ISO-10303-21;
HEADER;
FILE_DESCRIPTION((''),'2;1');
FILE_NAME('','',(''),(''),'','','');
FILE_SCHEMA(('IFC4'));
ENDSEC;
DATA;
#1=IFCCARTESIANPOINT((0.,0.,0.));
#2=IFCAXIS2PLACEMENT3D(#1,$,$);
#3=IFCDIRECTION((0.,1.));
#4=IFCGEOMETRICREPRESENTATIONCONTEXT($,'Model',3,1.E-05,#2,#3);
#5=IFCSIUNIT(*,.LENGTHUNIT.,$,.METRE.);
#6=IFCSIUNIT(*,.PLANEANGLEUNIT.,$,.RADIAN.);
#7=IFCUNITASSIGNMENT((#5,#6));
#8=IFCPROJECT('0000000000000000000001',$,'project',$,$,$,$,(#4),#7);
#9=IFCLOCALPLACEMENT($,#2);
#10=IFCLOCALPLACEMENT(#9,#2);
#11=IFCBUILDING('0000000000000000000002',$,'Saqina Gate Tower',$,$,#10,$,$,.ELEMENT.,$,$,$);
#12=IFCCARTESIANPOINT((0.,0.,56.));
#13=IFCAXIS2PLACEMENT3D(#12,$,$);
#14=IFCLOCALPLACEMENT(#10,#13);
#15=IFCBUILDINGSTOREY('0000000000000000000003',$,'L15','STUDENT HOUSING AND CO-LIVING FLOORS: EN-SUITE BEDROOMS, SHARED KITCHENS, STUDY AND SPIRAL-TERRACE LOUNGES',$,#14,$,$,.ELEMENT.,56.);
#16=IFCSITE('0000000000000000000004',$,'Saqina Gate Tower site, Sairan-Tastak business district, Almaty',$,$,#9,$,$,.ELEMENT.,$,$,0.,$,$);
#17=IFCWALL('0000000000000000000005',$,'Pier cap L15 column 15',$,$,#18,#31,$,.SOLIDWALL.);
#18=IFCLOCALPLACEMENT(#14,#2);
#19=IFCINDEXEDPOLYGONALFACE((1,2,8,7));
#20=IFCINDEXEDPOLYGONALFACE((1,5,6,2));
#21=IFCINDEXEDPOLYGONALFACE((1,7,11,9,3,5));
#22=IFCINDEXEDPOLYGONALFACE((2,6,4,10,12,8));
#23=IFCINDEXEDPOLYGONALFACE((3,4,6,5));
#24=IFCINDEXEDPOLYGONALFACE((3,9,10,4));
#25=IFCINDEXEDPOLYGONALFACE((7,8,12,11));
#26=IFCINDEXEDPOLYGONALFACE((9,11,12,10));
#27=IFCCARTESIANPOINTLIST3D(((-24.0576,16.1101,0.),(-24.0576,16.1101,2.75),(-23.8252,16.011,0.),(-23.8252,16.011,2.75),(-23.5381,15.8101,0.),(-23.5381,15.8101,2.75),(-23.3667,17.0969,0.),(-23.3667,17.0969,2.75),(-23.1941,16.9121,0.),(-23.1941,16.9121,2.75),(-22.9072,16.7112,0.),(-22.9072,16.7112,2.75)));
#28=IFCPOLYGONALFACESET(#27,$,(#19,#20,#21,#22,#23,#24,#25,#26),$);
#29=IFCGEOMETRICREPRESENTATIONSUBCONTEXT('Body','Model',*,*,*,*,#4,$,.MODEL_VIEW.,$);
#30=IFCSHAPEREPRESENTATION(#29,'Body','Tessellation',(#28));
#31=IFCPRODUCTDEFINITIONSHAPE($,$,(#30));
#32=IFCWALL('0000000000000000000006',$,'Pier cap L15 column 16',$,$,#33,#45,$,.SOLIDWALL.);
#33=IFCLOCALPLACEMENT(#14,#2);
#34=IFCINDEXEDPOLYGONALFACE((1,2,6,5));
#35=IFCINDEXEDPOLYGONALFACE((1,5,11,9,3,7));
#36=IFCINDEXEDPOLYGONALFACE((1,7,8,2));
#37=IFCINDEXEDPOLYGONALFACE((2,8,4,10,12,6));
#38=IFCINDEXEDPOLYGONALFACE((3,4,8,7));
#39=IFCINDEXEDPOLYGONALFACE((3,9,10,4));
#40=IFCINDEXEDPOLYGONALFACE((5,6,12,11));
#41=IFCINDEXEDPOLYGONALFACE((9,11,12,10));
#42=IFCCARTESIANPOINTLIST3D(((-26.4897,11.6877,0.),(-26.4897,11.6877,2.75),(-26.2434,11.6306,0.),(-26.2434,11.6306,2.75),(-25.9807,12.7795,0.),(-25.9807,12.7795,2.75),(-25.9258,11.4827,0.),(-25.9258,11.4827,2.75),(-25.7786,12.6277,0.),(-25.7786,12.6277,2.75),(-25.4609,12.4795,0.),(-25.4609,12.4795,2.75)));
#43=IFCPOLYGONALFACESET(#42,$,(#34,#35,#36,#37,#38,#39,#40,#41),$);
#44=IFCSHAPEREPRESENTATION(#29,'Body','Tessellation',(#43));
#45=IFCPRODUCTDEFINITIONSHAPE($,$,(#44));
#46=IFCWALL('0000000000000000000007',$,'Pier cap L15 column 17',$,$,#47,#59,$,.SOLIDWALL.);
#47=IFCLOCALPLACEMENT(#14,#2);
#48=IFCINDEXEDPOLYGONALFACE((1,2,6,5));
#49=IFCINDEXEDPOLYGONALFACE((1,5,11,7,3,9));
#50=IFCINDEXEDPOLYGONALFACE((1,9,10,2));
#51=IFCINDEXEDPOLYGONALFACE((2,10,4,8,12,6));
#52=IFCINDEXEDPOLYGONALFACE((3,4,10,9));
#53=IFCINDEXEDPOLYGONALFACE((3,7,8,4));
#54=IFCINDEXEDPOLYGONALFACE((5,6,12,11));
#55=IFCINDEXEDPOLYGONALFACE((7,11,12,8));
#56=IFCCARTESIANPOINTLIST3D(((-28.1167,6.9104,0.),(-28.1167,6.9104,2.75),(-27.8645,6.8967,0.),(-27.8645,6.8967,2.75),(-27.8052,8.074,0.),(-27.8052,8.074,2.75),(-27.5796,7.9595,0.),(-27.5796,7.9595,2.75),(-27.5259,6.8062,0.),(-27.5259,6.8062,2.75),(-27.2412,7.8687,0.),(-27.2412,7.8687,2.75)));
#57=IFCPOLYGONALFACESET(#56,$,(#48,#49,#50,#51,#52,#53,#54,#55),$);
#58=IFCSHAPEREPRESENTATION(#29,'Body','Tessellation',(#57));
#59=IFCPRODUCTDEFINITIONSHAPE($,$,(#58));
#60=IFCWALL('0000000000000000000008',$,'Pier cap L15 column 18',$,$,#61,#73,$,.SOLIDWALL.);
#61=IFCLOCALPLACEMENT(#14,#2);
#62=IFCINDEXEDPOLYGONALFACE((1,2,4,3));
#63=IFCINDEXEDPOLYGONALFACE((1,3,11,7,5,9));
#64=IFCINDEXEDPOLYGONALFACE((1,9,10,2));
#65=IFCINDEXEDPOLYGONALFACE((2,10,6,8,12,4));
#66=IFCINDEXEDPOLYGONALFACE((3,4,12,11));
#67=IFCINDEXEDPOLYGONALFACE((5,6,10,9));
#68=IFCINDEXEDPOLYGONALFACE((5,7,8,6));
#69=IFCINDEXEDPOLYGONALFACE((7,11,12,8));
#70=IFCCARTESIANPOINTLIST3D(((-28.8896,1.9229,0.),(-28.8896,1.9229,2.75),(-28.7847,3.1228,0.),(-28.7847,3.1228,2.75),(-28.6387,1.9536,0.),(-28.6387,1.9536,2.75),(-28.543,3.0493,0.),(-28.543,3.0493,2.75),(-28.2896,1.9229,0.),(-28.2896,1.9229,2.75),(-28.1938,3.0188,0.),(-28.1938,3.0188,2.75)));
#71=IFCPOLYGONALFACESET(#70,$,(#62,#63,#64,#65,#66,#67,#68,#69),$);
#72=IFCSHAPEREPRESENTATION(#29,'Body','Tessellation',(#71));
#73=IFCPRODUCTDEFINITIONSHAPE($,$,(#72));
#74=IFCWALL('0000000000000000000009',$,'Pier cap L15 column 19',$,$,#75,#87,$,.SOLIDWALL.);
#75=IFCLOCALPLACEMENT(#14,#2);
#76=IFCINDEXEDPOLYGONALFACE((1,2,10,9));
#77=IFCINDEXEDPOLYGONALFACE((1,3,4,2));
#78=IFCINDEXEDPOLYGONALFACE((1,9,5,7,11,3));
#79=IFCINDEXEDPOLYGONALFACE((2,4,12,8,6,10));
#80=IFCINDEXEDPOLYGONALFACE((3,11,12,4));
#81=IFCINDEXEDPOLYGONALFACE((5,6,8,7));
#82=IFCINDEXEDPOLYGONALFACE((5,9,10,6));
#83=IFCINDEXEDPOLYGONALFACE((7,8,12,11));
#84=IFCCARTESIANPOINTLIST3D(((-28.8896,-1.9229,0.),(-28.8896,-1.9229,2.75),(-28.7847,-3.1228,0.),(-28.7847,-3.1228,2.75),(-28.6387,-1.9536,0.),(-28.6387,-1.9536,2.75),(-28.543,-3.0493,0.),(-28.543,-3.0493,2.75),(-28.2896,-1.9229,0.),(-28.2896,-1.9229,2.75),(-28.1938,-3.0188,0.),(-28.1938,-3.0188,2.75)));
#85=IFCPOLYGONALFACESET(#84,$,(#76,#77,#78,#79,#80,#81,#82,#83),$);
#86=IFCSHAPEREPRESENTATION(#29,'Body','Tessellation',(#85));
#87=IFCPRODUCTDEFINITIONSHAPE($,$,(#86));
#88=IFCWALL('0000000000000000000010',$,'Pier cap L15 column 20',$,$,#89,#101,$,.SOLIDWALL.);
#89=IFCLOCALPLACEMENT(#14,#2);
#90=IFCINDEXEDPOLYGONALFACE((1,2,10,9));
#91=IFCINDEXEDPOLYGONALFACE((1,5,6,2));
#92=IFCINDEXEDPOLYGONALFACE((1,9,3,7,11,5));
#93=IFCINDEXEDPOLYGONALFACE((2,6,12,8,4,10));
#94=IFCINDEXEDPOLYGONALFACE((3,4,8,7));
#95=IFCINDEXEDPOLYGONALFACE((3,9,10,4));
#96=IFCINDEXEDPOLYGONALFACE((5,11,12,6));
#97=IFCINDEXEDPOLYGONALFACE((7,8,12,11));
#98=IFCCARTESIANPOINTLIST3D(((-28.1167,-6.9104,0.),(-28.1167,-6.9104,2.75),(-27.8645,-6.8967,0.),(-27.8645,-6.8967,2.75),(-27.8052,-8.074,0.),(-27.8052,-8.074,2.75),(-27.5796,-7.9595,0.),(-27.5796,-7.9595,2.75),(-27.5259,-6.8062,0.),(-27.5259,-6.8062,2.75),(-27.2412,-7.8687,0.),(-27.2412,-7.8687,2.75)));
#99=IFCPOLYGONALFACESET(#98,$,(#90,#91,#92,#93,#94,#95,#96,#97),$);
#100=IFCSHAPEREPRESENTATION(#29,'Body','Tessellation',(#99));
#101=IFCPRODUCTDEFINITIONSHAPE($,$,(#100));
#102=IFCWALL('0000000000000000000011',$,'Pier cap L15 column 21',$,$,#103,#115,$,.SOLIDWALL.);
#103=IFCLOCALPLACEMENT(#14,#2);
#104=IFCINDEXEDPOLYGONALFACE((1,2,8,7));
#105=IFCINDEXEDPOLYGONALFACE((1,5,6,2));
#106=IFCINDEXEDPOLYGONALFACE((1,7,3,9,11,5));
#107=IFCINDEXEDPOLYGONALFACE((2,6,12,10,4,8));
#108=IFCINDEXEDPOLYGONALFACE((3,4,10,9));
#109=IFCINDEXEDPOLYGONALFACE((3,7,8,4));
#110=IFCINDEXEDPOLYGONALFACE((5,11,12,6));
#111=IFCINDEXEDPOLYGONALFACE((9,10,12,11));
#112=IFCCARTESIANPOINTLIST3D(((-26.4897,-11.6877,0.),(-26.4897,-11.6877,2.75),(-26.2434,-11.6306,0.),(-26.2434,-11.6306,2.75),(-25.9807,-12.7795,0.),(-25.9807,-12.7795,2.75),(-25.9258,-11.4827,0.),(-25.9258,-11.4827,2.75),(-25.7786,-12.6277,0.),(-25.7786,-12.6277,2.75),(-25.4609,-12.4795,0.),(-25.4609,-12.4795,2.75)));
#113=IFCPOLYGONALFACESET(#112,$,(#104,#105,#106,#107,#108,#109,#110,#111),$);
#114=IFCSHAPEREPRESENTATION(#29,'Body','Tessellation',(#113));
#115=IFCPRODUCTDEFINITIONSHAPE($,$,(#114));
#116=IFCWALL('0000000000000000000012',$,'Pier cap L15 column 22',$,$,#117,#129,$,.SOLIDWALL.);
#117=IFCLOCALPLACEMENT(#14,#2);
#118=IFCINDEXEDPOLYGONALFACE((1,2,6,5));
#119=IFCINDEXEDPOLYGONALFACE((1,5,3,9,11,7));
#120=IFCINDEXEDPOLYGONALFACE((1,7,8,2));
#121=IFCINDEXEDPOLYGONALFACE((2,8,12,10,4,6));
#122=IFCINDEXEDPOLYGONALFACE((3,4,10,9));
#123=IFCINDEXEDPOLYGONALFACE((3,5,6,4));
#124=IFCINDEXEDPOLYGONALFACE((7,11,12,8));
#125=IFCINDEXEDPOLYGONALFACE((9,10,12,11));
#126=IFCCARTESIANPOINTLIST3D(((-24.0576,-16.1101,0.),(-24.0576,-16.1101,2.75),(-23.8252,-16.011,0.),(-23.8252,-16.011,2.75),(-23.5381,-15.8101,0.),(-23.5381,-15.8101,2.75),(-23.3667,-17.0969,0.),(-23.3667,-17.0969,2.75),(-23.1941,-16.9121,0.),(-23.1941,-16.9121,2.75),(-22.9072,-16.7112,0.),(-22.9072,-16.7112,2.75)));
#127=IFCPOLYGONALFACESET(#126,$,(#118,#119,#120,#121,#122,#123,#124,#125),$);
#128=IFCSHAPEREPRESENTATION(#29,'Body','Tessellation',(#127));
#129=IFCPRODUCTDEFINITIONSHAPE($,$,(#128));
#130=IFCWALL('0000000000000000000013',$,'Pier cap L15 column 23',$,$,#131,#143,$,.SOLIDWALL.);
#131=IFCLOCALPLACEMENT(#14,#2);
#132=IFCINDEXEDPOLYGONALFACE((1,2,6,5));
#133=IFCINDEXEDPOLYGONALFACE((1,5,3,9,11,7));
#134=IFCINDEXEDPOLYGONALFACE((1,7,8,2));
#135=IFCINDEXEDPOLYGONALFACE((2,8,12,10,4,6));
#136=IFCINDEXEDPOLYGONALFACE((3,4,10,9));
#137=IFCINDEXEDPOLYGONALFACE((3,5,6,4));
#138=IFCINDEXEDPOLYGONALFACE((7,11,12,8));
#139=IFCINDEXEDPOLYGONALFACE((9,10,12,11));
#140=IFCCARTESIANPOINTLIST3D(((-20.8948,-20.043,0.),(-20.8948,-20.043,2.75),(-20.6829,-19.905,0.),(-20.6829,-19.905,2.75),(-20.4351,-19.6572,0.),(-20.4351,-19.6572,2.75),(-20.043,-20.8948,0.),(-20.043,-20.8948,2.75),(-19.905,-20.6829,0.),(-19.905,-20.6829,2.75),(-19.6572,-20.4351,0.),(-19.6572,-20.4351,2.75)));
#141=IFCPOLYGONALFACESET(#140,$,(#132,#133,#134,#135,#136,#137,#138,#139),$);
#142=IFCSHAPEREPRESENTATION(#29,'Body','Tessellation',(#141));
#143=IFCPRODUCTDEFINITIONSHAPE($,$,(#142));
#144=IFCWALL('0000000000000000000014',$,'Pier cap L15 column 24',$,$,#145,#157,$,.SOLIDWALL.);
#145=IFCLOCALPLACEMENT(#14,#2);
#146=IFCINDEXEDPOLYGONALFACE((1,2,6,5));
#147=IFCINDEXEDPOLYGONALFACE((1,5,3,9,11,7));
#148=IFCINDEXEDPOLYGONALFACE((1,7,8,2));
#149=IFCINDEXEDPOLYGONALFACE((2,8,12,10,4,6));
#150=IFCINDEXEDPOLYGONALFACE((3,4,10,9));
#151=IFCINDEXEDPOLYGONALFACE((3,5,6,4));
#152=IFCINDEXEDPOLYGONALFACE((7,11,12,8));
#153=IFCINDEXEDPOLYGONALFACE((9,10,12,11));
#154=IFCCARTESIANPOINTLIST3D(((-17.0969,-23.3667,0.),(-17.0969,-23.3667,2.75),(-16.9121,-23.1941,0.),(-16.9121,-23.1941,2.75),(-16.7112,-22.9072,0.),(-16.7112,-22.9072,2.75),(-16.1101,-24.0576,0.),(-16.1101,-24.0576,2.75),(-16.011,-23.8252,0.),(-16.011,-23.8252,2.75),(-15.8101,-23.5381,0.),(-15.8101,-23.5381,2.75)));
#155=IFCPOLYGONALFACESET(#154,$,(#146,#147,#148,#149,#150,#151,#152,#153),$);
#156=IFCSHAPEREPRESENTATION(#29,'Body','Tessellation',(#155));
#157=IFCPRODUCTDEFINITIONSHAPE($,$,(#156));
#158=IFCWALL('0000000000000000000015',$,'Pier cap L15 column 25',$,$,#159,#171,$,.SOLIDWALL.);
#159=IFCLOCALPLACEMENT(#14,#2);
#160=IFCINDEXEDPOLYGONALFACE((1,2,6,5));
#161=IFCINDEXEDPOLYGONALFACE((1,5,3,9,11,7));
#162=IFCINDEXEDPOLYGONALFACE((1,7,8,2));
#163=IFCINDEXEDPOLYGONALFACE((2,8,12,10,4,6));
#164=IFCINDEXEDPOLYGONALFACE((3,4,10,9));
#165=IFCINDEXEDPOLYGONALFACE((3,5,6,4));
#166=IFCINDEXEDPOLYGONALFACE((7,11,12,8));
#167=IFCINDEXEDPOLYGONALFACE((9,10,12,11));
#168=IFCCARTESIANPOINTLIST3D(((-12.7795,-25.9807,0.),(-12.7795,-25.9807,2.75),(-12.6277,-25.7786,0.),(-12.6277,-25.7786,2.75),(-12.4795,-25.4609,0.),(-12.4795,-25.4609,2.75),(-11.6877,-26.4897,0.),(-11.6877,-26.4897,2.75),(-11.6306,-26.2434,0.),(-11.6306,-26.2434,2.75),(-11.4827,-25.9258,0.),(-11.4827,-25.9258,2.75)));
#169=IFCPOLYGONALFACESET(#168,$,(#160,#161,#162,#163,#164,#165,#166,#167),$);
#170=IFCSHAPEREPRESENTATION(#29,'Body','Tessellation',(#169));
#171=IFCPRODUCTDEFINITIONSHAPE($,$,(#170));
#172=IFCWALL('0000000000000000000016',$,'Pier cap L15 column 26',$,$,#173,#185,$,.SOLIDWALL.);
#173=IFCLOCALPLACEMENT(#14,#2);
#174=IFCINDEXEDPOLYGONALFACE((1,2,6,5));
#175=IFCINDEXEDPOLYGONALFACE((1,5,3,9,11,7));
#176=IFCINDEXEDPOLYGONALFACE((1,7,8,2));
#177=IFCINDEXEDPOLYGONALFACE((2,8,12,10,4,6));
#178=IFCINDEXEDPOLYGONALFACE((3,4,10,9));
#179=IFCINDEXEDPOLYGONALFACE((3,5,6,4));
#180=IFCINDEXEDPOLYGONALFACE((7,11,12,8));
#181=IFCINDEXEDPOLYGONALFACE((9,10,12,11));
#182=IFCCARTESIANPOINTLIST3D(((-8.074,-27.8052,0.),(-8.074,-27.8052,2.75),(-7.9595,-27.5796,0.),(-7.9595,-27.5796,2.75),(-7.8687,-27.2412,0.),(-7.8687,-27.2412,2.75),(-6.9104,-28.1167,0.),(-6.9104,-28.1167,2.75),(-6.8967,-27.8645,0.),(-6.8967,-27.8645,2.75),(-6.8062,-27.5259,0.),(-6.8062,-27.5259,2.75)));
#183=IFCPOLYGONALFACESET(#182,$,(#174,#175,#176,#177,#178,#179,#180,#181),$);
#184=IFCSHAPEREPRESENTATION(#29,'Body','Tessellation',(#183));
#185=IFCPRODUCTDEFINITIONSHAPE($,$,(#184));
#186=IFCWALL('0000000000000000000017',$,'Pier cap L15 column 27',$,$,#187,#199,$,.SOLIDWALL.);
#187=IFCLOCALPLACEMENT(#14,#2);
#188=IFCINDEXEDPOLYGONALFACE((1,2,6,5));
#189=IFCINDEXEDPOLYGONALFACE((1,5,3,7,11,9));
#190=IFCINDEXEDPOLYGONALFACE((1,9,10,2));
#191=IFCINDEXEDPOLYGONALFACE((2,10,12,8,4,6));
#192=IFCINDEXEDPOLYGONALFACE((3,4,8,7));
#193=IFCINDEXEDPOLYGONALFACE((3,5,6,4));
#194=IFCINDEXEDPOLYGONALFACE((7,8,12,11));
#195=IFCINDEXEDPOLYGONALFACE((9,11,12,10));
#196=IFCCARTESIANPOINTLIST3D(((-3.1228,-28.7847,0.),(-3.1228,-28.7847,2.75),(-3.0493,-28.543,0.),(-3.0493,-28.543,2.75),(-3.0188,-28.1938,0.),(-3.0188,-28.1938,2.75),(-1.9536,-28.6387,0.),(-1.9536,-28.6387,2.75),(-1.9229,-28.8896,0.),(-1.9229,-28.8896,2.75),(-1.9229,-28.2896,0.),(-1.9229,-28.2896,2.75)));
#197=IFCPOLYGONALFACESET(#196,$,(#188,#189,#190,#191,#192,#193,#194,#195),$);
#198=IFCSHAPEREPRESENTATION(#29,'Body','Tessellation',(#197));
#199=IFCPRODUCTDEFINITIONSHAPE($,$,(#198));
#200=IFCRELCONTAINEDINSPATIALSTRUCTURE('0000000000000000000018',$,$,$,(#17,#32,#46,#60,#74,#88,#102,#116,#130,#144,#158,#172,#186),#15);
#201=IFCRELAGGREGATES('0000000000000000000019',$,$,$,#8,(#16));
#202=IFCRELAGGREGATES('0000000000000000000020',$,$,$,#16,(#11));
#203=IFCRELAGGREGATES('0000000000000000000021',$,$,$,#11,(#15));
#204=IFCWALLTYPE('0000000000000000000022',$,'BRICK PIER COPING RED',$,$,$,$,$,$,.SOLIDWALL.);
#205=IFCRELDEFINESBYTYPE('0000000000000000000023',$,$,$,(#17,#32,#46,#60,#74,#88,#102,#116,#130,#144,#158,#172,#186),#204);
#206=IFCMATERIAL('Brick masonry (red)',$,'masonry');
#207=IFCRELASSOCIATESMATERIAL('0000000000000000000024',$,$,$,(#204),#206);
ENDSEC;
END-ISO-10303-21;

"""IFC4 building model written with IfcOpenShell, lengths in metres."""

from ifc_helpers import new_model, si_unit, direction, frame, origin, place, context, subcontext, project, spatial, polyline, outline, extrude, material, type_object, element, save


model = new_model("IFC4")

# Units and contexts
model_context = context("Model", 3, precision=1e-05, world=origin(), true_north=direction((0.0, 1.0)))
body_context = subcontext(model_context, "Body", "Model", "MODEL_VIEW")
ifc_project = project(units=[si_unit("LENGTHUNIT", "METRE"), si_unit("PLANEANGLEUNIT", "RADIAN")], contexts=[model_context])

# Site, building, storey
site_placement = place(None, origin())
site = spatial("IfcSite", under=ifc_project, at=site_placement, Name="Saqina Gate Tower site, Sairan-Tastak business district, Almaty", CompositionType="ELEMENT", RefElevation=0.0)
building_placement = place(site_placement, origin())
building = spatial("IfcBuilding", under=site, at=building_placement, Name="Saqina Gate Tower", CompositionType="ELEMENT")
storey_placement = place(building_placement, frame((0.0, 0.0, 56.0)))
storey = spatial("IfcBuildingStorey", under=building, at=storey_placement, Name="L15", Description="STUDENT HOUSING AND CO-LIVING FLOORS: EN-SUITE BEDROOMS, SHARED KITCHENS, STUDY AND SPIRAL-TERRACE LOUNGES", CompositionType="ELEMENT", Elevation=56.0)

# Walls
ifc_material = material(Name="Brick masonry (red)", Category="masonry")
wall_type = type_object("IfcWallType", Name="BRICK PIER COPING RED", PredefinedType="SOLIDWALL", material=ifc_material)
wall_1_placement = place(storey_placement, origin())
element("IfcWall", 1, at=wall_1_placement, inside=storey, type_object=wall_type, Name="Pier cap L15 column 15", PredefinedType="SOLIDWALL", context=body_context, shape_type="SweptSolid", body=[
    extrude(outline(polyline([(-23.3667, 17.0969), (-24.0576, 16.1101), (-23.5381, 15.8101), (-23.8252, 16.011), (-23.1941, 16.9121), (-22.9072, 16.7112), (-23.3667, 17.0969)])), origin(), (0.0, 0.0, 1.0), 2.75),
])
wall_2_placement = place(storey_placement, origin())
element("IfcWall", 2, at=wall_2_placement, inside=storey, type_object=wall_type, Name="Pier cap L15 column 16", PredefinedType="SOLIDWALL", context=body_context, shape_type="SweptSolid", body=[
    extrude(outline(polyline([(-26.4897, 11.6877), (-25.9258, 11.4827), (-26.2434, 11.6306), (-25.7786, 12.6277), (-25.4609, 12.4795), (-25.9807, 12.7795), (-26.4897, 11.6877)])), origin(), (0.0, 0.0, 1.0), 2.75),
])
wall_3_placement = place(storey_placement, origin())
element("IfcWall", 3, at=wall_3_placement, inside=storey, type_object=wall_type, Name="Pier cap L15 column 17", PredefinedType="SOLIDWALL", context=body_context, shape_type="SweptSolid", body=[
    extrude(outline(polyline([(-28.1167, 6.9104), (-27.5259, 6.8062), (-27.8645, 6.8967), (-27.5796, 7.9595), (-27.2412, 7.8687), (-27.8052, 8.074), (-28.1167, 6.9104)])), origin(), (0.0, 0.0, 1.0), 2.75),
])
wall_4_placement = place(storey_placement, origin())
element("IfcWall", 4, at=wall_4_placement, inside=storey, type_object=wall_type, Name="Pier cap L15 column 18", PredefinedType="SOLIDWALL", context=body_context, shape_type="SweptSolid", body=[
    extrude(outline(polyline([(-28.7847, 3.1228), (-28.8896, 1.9229), (-28.2896, 1.9229), (-28.6387, 1.9536), (-28.543, 3.0493), (-28.1938, 3.0188), (-28.7847, 3.1228)])), origin(), (0.0, 0.0, 1.0), 2.75),
])
wall_5_placement = place(storey_placement, origin())
element("IfcWall", 5, at=wall_5_placement, inside=storey, type_object=wall_type, Name="Pier cap L15 column 19", PredefinedType="SOLIDWALL", context=body_context, shape_type="SweptSolid", body=[
    extrude(outline(polyline([(-28.8896, -1.9229), (-28.7847, -3.1228), (-28.1938, -3.0188), (-28.543, -3.0493), (-28.6387, -1.9536), (-28.2896, -1.9229), (-28.8896, -1.9229)])), origin(), (0.0, 0.0, 1.0), 2.75),
])
wall_6_placement = place(storey_placement, origin())
element("IfcWall", 6, at=wall_6_placement, inside=storey, type_object=wall_type, Name="Pier cap L15 column 20", PredefinedType="SOLIDWALL", context=body_context, shape_type="SweptSolid", body=[
    extrude(outline(polyline([(-28.1167, -6.9104), (-27.8052, -8.074), (-27.2412, -7.8687), (-27.5796, -7.9595), (-27.8645, -6.8967), (-27.5259, -6.8062), (-28.1167, -6.9104)])), origin(), (0.0, 0.0, 1.0), 2.75),
])
wall_7_placement = place(storey_placement, origin())
element("IfcWall", 7, at=wall_7_placement, inside=storey, type_object=wall_type, Name="Pier cap L15 column 21", PredefinedType="SOLIDWALL", context=body_context, shape_type="SweptSolid", body=[
    extrude(outline(polyline([(-25.9807, -12.7795), (-25.4609, -12.4795), (-25.7786, -12.6277), (-26.2434, -11.6306), (-25.9258, -11.4827), (-26.4897, -11.6877), (-25.9807, -12.7795)])), origin(), (0.0, 0.0, 1.0), 2.75),
])
wall_8_placement = place(storey_placement, origin())
element("IfcWall", 8, at=wall_8_placement, inside=storey, type_object=wall_type, Name="Pier cap L15 column 22", PredefinedType="SOLIDWALL", context=body_context, shape_type="SweptSolid", body=[
    extrude(outline(polyline([(-24.0576, -16.1101), (-23.3667, -17.0969), (-22.9072, -16.7112), (-23.1941, -16.9121), (-23.8252, -16.011), (-23.5381, -15.8101), (-24.0576, -16.1101)])), origin(), (0.0, 0.0, 1.0), 2.75),
])
wall_9_placement = place(storey_placement, origin())
element("IfcWall", 9, at=wall_9_placement, inside=storey, type_object=wall_type, Name="Pier cap L15 column 23", PredefinedType="SOLIDWALL", context=body_context, shape_type="SweptSolid", body=[
    extrude(outline(polyline([(-20.043, -20.8948), (-19.6572, -20.4351), (-19.905, -20.6829), (-20.6829, -19.905), (-20.4351, -19.6572), (-20.8948, -20.043), (-20.043, -20.8948)])), origin(), (0.0, 0.0, 1.0), 2.75),
])
wall_10_placement = place(storey_placement, origin())
element("IfcWall", 10, at=wall_10_placement, inside=storey, type_object=wall_type, Name="Pier cap L15 column 24", PredefinedType="SOLIDWALL", context=body_context, shape_type="SweptSolid", body=[
    extrude(outline(polyline([(-17.0969, -23.3667), (-16.1101, -24.0576), (-15.8101, -23.5381), (-16.011, -23.8252), (-16.9121, -23.1941), (-16.7112, -22.9072), (-17.0969, -23.3667)])), origin(), (0.0, 0.0, 1.0), 2.75),
])
wall_11_placement = place(storey_placement, origin())
element("IfcWall", 11, at=wall_11_placement, inside=storey, type_object=wall_type, Name="Pier cap L15 column 25", PredefinedType="SOLIDWALL", context=body_context, shape_type="SweptSolid", body=[
    extrude(outline(polyline([(-11.6877, -26.4897), (-11.4827, -25.9258), (-11.6306, -26.2434), (-12.6277, -25.7786), (-12.4795, -25.4609), (-12.7795, -25.9807), (-11.6877, -26.4897)])), origin(), (0.0, 0.0, 1.0), 2.75),
])
wall_12_placement = place(storey_placement, origin())
element("IfcWall", 12, at=wall_12_placement, inside=storey, type_object=wall_type, Name="Pier cap L15 column 26", PredefinedType="SOLIDWALL", context=body_context, shape_type="SweptSolid", body=[
    extrude(outline(polyline([(-6.9104, -28.1167), (-6.8062, -27.5259), (-6.8967, -27.8645), (-7.9595, -27.5796), (-7.8687, -27.2412), (-8.074, -27.8052), (-6.9104, -28.1167)])), origin(), (0.0, 0.0, 1.0), 2.75),
])
wall_13_placement = place(storey_placement, origin())
element("IfcWall", 13, at=wall_13_placement, inside=storey, type_object=wall_type, Name="Pier cap L15 column 27", PredefinedType="SOLIDWALL", context=body_context, shape_type="SweptSolid", body=[
    extrude(outline(polyline([(-3.1228, -28.7847), (-1.9229, -28.8896), (-1.9229, -28.2896), (-1.9536, -28.6387), (-3.0493, -28.543), (-3.0188, -28.1938), (-3.1228, -28.7847)])), origin(), (0.0, 0.0, 1.0), 2.75),
])

save(model, "model.ifc")
